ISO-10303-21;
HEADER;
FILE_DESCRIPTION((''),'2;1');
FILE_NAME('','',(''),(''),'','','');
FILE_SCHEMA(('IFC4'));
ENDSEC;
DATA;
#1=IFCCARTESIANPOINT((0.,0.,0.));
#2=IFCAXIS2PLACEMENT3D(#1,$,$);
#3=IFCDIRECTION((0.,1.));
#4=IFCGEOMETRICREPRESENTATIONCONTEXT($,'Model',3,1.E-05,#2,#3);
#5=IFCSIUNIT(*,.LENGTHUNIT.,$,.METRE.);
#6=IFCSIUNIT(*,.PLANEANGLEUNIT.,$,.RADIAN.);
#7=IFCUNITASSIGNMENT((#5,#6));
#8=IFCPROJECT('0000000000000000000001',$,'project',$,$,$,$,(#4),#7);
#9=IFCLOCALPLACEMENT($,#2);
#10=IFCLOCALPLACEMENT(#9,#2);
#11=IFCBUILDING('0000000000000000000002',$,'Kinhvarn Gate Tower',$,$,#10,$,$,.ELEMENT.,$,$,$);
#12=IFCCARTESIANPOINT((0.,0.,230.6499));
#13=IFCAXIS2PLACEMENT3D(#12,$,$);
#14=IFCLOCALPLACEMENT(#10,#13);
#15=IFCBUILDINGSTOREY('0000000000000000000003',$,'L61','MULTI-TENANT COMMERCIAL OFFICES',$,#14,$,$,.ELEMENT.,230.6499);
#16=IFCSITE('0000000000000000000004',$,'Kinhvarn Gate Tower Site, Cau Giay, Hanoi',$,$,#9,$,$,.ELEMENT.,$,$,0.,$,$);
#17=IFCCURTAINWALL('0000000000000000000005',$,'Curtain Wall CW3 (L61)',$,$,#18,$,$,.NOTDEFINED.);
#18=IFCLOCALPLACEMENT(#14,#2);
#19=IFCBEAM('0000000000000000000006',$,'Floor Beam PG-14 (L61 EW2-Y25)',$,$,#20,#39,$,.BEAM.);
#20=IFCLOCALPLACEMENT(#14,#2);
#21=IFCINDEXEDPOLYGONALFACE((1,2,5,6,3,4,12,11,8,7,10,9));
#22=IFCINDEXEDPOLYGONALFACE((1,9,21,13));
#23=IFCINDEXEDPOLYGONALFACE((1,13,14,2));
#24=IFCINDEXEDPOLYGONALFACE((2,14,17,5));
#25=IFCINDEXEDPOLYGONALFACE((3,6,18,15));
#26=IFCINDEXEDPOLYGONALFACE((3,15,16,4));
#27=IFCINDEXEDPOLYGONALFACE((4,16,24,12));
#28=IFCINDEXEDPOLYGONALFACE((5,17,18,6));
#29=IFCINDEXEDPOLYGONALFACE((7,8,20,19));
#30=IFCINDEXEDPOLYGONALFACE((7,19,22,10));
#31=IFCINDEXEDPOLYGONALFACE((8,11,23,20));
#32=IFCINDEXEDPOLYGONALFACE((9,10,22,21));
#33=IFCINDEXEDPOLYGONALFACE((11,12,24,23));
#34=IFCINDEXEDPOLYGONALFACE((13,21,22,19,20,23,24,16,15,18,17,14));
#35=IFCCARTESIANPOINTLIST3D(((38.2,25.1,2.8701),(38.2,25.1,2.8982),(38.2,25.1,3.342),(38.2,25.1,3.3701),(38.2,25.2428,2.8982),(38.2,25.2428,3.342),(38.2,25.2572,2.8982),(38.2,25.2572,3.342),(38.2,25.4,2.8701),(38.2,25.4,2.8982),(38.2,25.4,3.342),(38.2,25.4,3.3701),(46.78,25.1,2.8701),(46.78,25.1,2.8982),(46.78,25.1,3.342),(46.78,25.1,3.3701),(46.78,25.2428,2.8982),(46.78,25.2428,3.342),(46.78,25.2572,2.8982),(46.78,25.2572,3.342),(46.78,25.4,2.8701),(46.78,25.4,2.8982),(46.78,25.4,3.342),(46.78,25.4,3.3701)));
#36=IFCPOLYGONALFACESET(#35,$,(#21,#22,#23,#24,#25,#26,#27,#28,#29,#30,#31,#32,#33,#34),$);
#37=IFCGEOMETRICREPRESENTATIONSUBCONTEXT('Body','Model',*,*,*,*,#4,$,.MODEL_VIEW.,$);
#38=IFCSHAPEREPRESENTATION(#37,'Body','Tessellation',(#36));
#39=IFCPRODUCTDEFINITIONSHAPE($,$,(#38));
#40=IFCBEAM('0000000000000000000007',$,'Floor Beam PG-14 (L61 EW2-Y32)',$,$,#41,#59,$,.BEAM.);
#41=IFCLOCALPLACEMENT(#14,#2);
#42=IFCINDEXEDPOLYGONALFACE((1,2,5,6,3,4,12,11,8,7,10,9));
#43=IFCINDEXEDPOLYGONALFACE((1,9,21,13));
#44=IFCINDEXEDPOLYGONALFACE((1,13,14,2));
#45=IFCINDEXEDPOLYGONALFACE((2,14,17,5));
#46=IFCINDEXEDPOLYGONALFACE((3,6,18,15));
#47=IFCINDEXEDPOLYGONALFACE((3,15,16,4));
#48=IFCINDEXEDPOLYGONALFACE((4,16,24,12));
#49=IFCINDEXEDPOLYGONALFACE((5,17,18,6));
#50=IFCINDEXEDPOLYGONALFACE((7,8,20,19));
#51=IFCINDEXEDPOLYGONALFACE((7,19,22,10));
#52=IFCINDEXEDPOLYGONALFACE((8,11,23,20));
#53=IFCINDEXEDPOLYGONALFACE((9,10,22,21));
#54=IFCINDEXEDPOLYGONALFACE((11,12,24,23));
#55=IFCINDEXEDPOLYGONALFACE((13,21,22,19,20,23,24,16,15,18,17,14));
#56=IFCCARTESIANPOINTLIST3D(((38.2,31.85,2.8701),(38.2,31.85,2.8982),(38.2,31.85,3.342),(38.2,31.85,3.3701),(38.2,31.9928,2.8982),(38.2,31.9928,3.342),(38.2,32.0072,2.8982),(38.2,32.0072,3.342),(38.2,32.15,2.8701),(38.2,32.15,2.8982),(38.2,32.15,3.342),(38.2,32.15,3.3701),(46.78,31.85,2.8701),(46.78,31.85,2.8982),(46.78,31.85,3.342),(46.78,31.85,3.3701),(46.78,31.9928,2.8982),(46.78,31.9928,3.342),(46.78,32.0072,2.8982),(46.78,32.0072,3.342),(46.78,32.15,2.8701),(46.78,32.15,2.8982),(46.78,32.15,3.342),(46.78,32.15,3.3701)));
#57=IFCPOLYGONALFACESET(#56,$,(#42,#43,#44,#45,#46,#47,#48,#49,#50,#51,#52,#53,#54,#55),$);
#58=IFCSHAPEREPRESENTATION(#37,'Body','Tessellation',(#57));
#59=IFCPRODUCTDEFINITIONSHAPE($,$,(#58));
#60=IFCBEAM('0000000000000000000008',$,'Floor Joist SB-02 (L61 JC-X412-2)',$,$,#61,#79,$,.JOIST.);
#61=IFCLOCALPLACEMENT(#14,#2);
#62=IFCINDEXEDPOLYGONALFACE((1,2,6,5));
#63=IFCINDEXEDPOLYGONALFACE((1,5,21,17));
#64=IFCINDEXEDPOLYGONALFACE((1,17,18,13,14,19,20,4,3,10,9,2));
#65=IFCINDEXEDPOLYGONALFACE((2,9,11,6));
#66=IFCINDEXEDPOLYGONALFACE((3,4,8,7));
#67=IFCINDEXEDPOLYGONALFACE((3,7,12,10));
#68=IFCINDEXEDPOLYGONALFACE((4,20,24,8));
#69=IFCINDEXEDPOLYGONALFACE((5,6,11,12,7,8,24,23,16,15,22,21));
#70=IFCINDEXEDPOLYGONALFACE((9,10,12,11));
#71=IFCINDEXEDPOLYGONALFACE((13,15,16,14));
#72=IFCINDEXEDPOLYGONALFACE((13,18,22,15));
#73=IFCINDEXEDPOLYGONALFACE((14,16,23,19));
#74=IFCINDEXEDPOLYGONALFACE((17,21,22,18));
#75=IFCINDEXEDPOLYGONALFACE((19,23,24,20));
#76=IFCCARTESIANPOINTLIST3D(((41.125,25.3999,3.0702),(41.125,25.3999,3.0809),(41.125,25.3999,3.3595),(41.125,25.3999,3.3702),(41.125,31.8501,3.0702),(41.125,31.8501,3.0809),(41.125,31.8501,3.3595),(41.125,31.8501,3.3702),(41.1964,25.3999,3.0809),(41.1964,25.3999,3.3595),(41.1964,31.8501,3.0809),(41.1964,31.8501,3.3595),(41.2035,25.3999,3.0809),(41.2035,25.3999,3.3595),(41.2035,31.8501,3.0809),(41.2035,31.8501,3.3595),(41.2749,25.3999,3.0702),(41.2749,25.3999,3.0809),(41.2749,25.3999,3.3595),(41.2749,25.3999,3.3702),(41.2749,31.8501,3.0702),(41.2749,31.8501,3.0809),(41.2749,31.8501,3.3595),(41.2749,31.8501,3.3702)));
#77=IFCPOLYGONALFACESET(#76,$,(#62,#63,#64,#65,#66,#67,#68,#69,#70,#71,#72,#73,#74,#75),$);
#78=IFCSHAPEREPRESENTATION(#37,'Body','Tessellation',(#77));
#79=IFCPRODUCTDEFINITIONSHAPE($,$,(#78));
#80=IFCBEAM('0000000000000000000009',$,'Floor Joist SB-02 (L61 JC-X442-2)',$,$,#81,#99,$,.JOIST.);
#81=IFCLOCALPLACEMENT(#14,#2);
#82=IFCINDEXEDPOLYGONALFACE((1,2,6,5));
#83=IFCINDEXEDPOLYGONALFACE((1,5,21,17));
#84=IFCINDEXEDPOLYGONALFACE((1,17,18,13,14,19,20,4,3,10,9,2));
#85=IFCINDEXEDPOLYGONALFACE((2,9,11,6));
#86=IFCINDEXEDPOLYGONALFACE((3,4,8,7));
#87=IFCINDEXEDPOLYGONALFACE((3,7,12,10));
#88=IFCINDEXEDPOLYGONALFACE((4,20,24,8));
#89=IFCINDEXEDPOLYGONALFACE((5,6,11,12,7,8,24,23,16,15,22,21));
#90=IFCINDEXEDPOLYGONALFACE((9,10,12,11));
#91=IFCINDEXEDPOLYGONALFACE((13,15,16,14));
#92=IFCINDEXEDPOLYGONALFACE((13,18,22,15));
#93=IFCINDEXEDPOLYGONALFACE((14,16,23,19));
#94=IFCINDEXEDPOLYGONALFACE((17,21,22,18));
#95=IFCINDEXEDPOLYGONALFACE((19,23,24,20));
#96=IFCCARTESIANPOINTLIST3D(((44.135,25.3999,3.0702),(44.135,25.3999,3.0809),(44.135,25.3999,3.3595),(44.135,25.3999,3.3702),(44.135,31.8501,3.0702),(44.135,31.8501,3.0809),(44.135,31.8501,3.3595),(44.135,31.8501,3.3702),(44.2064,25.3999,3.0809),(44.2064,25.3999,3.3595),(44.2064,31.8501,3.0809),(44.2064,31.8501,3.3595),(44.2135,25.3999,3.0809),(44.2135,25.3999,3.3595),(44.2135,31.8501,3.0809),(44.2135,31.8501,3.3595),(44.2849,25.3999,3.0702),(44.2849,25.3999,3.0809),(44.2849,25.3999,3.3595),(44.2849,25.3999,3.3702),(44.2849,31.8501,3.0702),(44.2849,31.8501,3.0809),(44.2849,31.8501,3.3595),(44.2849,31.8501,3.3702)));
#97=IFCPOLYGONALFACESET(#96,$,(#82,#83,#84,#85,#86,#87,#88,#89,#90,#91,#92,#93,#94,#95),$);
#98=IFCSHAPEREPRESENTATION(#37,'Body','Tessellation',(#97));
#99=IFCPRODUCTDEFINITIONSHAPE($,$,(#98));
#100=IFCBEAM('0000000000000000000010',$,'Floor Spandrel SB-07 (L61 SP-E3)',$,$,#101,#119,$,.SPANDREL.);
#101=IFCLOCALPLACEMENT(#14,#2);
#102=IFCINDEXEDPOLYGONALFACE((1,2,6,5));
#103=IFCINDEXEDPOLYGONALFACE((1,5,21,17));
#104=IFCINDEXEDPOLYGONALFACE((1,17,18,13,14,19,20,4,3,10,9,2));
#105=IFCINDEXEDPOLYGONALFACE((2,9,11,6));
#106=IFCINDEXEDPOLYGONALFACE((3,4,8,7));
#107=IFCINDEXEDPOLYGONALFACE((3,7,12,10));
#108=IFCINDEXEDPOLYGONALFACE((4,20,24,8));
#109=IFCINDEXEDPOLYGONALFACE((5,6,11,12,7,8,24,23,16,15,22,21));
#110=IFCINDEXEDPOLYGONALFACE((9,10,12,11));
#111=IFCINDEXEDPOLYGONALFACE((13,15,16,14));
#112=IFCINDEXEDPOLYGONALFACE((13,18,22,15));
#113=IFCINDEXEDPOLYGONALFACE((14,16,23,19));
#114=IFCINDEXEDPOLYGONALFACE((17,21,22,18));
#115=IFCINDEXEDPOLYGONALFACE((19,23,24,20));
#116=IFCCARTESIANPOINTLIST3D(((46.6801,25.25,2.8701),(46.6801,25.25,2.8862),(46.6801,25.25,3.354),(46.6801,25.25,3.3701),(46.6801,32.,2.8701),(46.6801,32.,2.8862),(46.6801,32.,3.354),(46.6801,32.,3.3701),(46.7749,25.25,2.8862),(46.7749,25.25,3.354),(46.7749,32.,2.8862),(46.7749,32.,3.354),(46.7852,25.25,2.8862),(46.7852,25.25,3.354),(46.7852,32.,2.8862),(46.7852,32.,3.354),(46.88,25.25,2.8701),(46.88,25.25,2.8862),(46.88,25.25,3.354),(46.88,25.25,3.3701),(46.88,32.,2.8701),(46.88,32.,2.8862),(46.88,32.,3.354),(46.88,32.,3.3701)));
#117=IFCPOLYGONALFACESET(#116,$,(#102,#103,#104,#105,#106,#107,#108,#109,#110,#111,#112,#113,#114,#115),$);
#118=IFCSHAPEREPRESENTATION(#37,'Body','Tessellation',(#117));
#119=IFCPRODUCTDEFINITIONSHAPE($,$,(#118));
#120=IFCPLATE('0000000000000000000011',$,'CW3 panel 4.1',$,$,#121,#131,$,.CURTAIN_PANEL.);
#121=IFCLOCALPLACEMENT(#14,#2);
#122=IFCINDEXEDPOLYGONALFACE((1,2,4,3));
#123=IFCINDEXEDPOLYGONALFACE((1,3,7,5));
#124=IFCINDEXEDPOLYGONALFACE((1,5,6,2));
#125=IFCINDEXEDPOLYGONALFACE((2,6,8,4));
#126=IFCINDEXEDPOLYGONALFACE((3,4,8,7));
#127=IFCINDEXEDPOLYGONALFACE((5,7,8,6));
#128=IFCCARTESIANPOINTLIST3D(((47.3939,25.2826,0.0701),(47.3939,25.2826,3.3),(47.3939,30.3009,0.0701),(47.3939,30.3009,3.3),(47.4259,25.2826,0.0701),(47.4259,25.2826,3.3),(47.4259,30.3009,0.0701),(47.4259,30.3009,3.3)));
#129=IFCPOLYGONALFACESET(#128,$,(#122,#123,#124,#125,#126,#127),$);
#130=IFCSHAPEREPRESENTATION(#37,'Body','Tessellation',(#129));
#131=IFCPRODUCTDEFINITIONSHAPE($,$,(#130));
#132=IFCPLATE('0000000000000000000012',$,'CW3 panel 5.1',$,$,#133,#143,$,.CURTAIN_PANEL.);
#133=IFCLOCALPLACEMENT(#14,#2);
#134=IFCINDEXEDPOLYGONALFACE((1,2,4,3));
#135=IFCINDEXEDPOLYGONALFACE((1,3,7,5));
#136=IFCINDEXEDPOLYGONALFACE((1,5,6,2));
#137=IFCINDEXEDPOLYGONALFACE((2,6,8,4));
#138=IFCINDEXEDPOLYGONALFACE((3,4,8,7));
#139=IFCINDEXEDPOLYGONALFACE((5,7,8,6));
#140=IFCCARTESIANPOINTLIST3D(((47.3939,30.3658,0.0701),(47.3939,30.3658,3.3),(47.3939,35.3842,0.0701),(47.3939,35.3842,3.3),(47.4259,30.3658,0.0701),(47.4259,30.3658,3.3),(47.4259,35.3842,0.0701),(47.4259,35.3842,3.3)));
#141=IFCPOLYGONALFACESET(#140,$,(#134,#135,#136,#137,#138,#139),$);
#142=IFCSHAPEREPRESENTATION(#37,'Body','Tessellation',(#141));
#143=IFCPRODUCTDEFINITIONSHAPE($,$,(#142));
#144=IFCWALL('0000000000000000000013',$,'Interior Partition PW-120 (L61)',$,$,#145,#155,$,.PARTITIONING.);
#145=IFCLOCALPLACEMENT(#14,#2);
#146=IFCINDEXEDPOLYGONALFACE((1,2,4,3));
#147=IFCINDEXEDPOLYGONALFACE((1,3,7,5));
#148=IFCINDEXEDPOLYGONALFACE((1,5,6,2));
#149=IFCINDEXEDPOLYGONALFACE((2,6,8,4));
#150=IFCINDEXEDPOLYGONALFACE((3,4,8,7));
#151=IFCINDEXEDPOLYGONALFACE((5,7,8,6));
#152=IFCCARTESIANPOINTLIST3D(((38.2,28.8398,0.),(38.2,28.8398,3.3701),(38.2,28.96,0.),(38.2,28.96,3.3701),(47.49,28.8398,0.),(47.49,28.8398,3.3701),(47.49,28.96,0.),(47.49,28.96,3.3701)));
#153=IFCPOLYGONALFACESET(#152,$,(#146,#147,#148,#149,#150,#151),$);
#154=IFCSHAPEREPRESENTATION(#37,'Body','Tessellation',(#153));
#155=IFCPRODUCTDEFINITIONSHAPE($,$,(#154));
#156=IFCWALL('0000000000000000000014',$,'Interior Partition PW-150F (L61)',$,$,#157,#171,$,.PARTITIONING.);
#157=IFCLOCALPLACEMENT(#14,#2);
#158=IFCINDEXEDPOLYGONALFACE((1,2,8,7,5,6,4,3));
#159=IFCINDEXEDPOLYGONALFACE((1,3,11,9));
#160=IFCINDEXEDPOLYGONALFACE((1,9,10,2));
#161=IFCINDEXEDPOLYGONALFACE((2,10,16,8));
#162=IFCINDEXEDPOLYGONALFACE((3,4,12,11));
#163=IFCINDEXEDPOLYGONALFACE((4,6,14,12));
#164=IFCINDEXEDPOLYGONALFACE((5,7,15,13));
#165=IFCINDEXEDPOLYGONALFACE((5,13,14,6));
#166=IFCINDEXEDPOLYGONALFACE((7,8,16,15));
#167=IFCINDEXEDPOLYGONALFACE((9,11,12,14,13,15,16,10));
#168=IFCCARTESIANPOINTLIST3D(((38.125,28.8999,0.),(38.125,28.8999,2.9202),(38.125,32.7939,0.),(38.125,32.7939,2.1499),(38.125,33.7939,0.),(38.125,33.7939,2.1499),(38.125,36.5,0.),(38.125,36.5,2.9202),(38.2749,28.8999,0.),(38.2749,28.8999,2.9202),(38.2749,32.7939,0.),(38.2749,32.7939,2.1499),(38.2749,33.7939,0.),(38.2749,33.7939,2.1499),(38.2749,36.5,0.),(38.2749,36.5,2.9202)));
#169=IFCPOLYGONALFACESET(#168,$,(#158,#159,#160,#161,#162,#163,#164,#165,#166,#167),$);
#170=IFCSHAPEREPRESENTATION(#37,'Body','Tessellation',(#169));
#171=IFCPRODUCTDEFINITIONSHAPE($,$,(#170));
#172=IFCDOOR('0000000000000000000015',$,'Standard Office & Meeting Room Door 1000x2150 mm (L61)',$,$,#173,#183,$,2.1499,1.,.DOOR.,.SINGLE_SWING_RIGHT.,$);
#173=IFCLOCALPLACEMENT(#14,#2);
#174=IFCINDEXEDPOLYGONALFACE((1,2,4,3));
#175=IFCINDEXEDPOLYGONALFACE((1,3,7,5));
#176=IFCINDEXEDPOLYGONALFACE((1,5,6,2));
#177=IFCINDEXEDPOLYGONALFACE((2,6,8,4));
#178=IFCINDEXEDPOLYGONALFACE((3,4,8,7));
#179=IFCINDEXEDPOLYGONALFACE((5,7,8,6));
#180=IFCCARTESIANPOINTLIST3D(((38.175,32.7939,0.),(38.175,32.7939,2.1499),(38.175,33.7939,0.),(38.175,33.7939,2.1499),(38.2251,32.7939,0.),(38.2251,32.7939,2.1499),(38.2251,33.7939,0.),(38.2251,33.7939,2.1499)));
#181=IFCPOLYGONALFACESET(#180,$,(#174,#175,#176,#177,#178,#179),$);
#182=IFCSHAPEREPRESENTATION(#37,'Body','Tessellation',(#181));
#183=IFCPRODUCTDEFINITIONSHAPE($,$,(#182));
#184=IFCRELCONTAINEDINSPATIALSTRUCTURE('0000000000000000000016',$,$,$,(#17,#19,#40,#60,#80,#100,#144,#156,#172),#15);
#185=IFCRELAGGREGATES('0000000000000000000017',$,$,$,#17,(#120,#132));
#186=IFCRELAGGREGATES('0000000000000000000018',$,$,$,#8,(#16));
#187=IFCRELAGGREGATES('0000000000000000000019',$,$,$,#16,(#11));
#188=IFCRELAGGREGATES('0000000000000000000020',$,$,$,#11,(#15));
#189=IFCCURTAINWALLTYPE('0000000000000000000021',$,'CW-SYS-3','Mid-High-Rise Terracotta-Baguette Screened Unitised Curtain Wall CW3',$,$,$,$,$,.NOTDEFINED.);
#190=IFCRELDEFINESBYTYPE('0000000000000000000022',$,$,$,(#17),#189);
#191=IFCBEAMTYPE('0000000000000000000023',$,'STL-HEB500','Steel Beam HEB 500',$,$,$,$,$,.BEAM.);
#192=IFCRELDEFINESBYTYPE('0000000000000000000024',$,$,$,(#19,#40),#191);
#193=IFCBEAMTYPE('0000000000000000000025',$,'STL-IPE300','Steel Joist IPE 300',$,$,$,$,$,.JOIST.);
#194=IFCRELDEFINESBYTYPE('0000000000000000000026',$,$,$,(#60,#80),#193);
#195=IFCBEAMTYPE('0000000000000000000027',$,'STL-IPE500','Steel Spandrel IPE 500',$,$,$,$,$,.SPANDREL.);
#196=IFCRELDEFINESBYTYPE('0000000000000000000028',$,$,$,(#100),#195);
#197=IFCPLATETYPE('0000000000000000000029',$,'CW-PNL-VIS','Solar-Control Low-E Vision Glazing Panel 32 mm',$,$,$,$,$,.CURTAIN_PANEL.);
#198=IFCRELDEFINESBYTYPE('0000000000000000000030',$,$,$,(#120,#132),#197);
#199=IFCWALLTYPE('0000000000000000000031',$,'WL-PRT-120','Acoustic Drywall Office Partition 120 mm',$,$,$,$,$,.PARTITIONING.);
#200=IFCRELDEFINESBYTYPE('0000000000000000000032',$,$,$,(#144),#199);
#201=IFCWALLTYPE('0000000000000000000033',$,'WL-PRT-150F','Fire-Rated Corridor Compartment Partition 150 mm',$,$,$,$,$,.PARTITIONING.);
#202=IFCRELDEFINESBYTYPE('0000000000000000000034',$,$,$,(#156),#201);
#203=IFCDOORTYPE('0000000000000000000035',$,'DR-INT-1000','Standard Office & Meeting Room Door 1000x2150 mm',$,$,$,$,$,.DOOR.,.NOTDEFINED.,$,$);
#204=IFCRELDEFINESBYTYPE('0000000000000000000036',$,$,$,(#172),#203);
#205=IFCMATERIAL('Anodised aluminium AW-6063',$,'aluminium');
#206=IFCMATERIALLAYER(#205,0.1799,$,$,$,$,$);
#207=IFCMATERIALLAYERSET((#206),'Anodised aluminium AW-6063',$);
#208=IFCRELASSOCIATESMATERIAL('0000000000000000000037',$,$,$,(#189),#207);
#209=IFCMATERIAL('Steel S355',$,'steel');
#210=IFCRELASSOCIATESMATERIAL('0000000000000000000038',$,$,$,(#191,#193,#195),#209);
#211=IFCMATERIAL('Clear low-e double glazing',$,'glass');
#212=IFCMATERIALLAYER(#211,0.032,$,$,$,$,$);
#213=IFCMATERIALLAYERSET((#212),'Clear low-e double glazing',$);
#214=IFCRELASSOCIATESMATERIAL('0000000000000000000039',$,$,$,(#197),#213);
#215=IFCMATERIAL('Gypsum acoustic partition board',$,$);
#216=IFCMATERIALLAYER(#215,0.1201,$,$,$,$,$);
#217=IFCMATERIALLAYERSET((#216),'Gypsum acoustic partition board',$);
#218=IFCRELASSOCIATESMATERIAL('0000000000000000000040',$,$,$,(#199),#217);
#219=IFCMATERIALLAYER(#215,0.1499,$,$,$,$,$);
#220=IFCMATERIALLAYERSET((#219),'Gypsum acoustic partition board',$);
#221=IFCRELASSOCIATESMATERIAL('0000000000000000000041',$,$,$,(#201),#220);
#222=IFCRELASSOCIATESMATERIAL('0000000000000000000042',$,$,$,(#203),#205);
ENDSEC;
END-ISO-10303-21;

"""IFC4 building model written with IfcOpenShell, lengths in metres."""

from ifc_helpers import new_model, si_unit, direction, frame, frame_2d, origin, origin_2d, place, context, subcontext, project, spatial, rectangle, i_section, extrude, material, layer, layer_set, material_profile, profile_set, type_object, element, fill, aggregate, save


model = new_model("IFC4")

# Units and contexts
model_context = context("Model", 3, precision=1e-05, world=origin(), true_north=direction((0.0, 1.0)))
body_context = subcontext(model_context, "Body", "Model", "MODEL_VIEW")
ifc_project = project(units=[si_unit("LENGTHUNIT", "METRE"), si_unit("PLANEANGLEUNIT", "RADIAN")], contexts=[model_context])

# Site, building, storey
site_placement = place(None, origin())
site = spatial("IfcSite", under=ifc_project, at=site_placement, Name="Kinhvarn Gate Tower Site, Cau Giay, Hanoi", CompositionType="ELEMENT", RefElevation=0.0)
building_placement = place(site_placement, origin())
building = spatial("IfcBuilding", under=site, at=building_placement, Name="Kinhvarn Gate Tower", CompositionType="ELEMENT")
storey_placement = place(building_placement, frame((0.0, 0.0, 230.6499)))
storey = spatial("IfcBuildingStorey", under=building, at=storey_placement, Name="L61", Description="MULTI-TENANT COMMERCIAL OFFICES", CompositionType="ELEMENT", Elevation=230.6499)

# Curtain wall
ifc_material_1 = material(Name="Anodised aluminium AW-6063", Category="aluminium")
ifc_layer_1 = layer(ifc_material_1, 0.1799)
ifc_layer_set_1 = layer_set([ifc_layer_1], Name="Anodised aluminium AW-6063")
curtain_wall_type = type_object("IfcCurtainWallType", Name="CW-SYS-3", Description="Mid-High-Rise Terracotta-Baguette Screened Unitised Curtain Wall CW3", PredefinedType="NOTDEFINED", material=ifc_layer_set_1)
curtain_wall_placement = place(storey_placement, origin())
curtain_wall = element("IfcCurtainWall", 1, at=curtain_wall_placement, inside=storey, type_object=curtain_wall_type, Name="Curtain Wall CW3 (L61)", PredefinedType="NOTDEFINED")

# Beams
ifc_material_2 = material(Name="Steel S355", Category="steel")
ifc_material_profile_1 = material_profile(ifc_material_2, i_section(OverallWidth=0.3, OverallDepth=0.5, WebThickness=0.0144, FlangeThickness=0.0281, at=origin_2d()), Name="HEB 500")
ifc_profile_set_1 = profile_set([ifc_material_profile_1], Name="Steel S355")
beam_type_1 = type_object("IfcBeamType", Name="STL-HEB500", Description="Steel Beam HEB 500", PredefinedType="BEAM", material=ifc_profile_set_1)
for number, where, z_axis, x_axis, name in (
    (2, (38.2, 25.25, 3.1201), (1.0, 0.0, 0.0), (0.0, 1.0, 0.0), "Floor Beam PG-14 (L61 EW2-Y25)"),
    (3, (38.2, 32.0, 3.1201), (1.0, 0.0, 0.0), (0.0, 1.0, 0.0), "Floor Beam PG-14 (L61 EW2-Y32)"),
):
    element("IfcBeam", number, at=place(storey_placement, frame(where, z_axis=z_axis, x_axis=x_axis)), inside=storey, type_object=beam_type_1, Name=name, PredefinedType="BEAM", context=body_context, shape_type="SweptSolid", body=[
        extrude(i_section(OverallWidth=0.3, OverallDepth=0.5, WebThickness=0.0144, FlangeThickness=0.0281, at=origin_2d()), origin(), (0.0, 0.0, 1.0), 8.5801),
    ])
ifc_material_profile_2 = material_profile(ifc_material_2, i_section(OverallWidth=0.1499, OverallDepth=0.3, WebThickness=0.0071, FlangeThickness=0.0107, at=origin_2d()), Name="IPE 300")
ifc_profile_set_2 = profile_set([ifc_material_profile_2], Name="Steel S355")
beam_type_2 = type_object("IfcBeamType", Name="STL-IPE300", Description="Steel Joist IPE 300", PredefinedType="JOIST", material=ifc_profile_set_2)
for number, where, z_axis, x_axis, name in (
    (4, (41.2, 25.3999, 3.2202), (0.0, 1.0, 0.0), (-1.0, 0.0, 0.0), "Floor Joist SB-02 (L61 JC-X412-2)"),
    (5, (44.21, 25.3999, 3.2202), (0.0, 1.0, 0.0), (-1.0, 0.0, 0.0), "Floor Joist SB-02 (L61 JC-X442-2)"),
):
    element("IfcBeam", number, at=place(storey_placement, frame(where, z_axis=z_axis, x_axis=x_axis)), inside=storey, type_object=beam_type_2, Name=name, PredefinedType="JOIST", context=body_context, shape_type="SweptSolid", body=[
        extrude(i_section(OverallWidth=0.1499, OverallDepth=0.3, WebThickness=0.0071, FlangeThickness=0.0107, at=origin_2d()), origin(), (0.0, 0.0, 1.0), 6.4502),
    ])
ifc_material_profile_3 = material_profile(ifc_material_2, i_section(OverallWidth=0.2, OverallDepth=0.5, WebThickness=0.0103, FlangeThickness=0.0161, at=origin_2d()), Name="IPE 500")
ifc_profile_set_3 = profile_set([ifc_material_profile_3], Name="Steel S355")
beam_type_3 = type_object("IfcBeamType", Name="STL-IPE500", Description="Steel Spandrel IPE 500", PredefinedType="SPANDREL", material=ifc_profile_set_3)
beam_1_placement = place(storey_placement, frame((46.78, 25.25, 3.1201), z_axis=(0.0, 1.0, 0.0), x_axis=(-1.0, 0.0, 0.0)))
element("IfcBeam", 6, at=beam_1_placement, inside=storey, type_object=beam_type_3, Name="Floor Spandrel SB-07 (L61 SP-E3)", PredefinedType="SPANDREL", context=body_context, shape_type="SweptSolid", body=[
    extrude(i_section(OverallWidth=0.2, OverallDepth=0.5, WebThickness=0.0103, FlangeThickness=0.0161, at=origin_2d()), origin(), (0.0, 0.0, 1.0), 6.75),
])

# Plates
ifc_material_3 = material(Name="Clear low-e double glazing", Category="glass")
ifc_layer_2 = layer(ifc_material_3, 0.032)
ifc_layer_set_2 = layer_set([ifc_layer_2], Name="Clear low-e double glazing")
plate_type = type_object("IfcPlateType", Name="CW-PNL-VIS", Description="Solar-Control Low-E Vision Glazing Panel 32 mm", PredefinedType="CURTAIN_PANEL", material=ifc_layer_set_2)
plate_1_placement = place(storey_placement, frame((47.4099, 27.7917, 0.0701), z_axis=(0.0, 0.0, 1.0), x_axis=(0.0, 1.0, 0.0)))
plate_1 = element("IfcPlate", 7, at=plate_1_placement, type_object=plate_type, Name="CW3 panel 4.1", PredefinedType="CURTAIN_PANEL", context=body_context, shape_type="SweptSolid", body=[
    extrude(rectangle(XDim=5.0183, YDim=0.032, at=origin_2d()), origin(), (0.0, 0.0, 1.0), 3.23),
])
plate_2_placement = place(storey_placement, frame((47.4099, 32.875, 0.0701), z_axis=(0.0, 0.0, 1.0), x_axis=(0.0, 1.0, 0.0)))
plate_2 = element("IfcPlate", 8, at=plate_2_placement, type_object=plate_type, Name="CW3 panel 5.1", PredefinedType="CURTAIN_PANEL", context=body_context, shape_type="SweptSolid", body=[
    extrude(rectangle(XDim=5.0183, YDim=0.032, at=origin_2d()), origin(), (0.0, 0.0, 1.0), 3.23),
])
aggregate(curtain_wall, [plate_1, plate_2])

# Wall
ifc_material_4 = material(Name="Gypsum acoustic partition board")
ifc_layer_3 = layer(ifc_material_4, 0.1201)
ifc_layer_set_3 = layer_set([ifc_layer_3], Name="Gypsum acoustic partition board")
wall_type_1 = type_object("IfcWallType", Name="WL-PRT-120", Description="Acoustic Drywall Office Partition 120 mm", PredefinedType="PARTITIONING", material=ifc_layer_set_3)
wall_1_placement = place(storey_placement, frame((38.2, 28.8999, 0.0), z_axis=(0.0, 0.0, 1.0), x_axis=(1.0, 0.0, 0.0)))
element("IfcWall", 9, at=wall_1_placement, inside=storey, type_object=wall_type_1, Name="Interior Partition PW-120 (L61)", PredefinedType="PARTITIONING", context=body_context, shape_type="SweptSolid", body=[
    extrude(rectangle(XDim=9.29, YDim=0.1201, at=frame_2d((4.645, 0.0))), origin(), (0.0, 0.0, 1.0), 3.3701),
])

# Wall, opening, door
ifc_layer_4 = layer(ifc_material_4, 0.1499)
ifc_layer_set_4 = layer_set([ifc_layer_4], Name="Gypsum acoustic partition board")
wall_type_2 = type_object("IfcWallType", Name="WL-PRT-150F", Description="Fire-Rated Corridor Compartment Partition 150 mm", PredefinedType="PARTITIONING", material=ifc_layer_set_4)
wall_2_placement = place(storey_placement, frame((38.2, 28.8999, 0.0), z_axis=(0.0, 0.0, 1.0), x_axis=(0.0, 1.0, 0.0)))
wall_2 = element("IfcWall", 10, at=wall_2_placement, inside=storey, type_object=wall_type_2, Name="Interior Partition PW-150F (L61)", PredefinedType="PARTITIONING", context=body_context, shape_type="SweptSolid", body=[
    extrude(rectangle(XDim=7.6001, YDim=0.1499, at=frame_2d((3.8, 0.0))), origin(), (0.0, 0.0, 1.0), 2.9202),
])
opening_placement = place(wall_2_placement, frame((3.894, 0.0, 0.0)))
opening = element("IfcOpeningElement", 11, at=opening_placement, cuts=wall_2, PredefinedType="OPENING", context=body_context, shape_type="SweptSolid", body=[
    extrude(rectangle(XDim=1.0, YDim=2.1499, at=frame_2d((0.5, 1.075))), frame((0.0, 0.085, 0.0), z_axis=(0.0, -1.0, 0.0), x_axis=(1.0, 0.0, 0.0)), (0.0, 0.0, 1.0), 0.1699),
])
door_type = type_object("IfcDoorType", Name="DR-INT-1000", Description="Standard Office & Meeting Room Door 1000x2150 mm", OperationType="NOTDEFINED", PredefinedType="DOOR", material=ifc_material_1)
door_placement = place(opening_placement, origin())
door = element("IfcDoor", 12, at=door_placement, inside=storey, type_object=door_type, Name="Standard Office & Meeting Room Door 1000x2150 mm (L61)", OperationType="SINGLE_SWING_RIGHT", OverallHeight=2.1499, OverallWidth=1.0, PredefinedType="DOOR", context=body_context, shape_type="SweptSolid", body=[
    extrude(rectangle(XDim=1.0, YDim=2.1499, at=frame_2d((0.5, 1.075))), frame((0.0, 0.0249, 0.0), z_axis=(0.0, -1.0, 0.0), x_axis=(1.0, 0.0, 0.0)), (0.0, 0.0, 1.0), 0.05),
])
fill(opening, door)

save(model, "model.ifc")
